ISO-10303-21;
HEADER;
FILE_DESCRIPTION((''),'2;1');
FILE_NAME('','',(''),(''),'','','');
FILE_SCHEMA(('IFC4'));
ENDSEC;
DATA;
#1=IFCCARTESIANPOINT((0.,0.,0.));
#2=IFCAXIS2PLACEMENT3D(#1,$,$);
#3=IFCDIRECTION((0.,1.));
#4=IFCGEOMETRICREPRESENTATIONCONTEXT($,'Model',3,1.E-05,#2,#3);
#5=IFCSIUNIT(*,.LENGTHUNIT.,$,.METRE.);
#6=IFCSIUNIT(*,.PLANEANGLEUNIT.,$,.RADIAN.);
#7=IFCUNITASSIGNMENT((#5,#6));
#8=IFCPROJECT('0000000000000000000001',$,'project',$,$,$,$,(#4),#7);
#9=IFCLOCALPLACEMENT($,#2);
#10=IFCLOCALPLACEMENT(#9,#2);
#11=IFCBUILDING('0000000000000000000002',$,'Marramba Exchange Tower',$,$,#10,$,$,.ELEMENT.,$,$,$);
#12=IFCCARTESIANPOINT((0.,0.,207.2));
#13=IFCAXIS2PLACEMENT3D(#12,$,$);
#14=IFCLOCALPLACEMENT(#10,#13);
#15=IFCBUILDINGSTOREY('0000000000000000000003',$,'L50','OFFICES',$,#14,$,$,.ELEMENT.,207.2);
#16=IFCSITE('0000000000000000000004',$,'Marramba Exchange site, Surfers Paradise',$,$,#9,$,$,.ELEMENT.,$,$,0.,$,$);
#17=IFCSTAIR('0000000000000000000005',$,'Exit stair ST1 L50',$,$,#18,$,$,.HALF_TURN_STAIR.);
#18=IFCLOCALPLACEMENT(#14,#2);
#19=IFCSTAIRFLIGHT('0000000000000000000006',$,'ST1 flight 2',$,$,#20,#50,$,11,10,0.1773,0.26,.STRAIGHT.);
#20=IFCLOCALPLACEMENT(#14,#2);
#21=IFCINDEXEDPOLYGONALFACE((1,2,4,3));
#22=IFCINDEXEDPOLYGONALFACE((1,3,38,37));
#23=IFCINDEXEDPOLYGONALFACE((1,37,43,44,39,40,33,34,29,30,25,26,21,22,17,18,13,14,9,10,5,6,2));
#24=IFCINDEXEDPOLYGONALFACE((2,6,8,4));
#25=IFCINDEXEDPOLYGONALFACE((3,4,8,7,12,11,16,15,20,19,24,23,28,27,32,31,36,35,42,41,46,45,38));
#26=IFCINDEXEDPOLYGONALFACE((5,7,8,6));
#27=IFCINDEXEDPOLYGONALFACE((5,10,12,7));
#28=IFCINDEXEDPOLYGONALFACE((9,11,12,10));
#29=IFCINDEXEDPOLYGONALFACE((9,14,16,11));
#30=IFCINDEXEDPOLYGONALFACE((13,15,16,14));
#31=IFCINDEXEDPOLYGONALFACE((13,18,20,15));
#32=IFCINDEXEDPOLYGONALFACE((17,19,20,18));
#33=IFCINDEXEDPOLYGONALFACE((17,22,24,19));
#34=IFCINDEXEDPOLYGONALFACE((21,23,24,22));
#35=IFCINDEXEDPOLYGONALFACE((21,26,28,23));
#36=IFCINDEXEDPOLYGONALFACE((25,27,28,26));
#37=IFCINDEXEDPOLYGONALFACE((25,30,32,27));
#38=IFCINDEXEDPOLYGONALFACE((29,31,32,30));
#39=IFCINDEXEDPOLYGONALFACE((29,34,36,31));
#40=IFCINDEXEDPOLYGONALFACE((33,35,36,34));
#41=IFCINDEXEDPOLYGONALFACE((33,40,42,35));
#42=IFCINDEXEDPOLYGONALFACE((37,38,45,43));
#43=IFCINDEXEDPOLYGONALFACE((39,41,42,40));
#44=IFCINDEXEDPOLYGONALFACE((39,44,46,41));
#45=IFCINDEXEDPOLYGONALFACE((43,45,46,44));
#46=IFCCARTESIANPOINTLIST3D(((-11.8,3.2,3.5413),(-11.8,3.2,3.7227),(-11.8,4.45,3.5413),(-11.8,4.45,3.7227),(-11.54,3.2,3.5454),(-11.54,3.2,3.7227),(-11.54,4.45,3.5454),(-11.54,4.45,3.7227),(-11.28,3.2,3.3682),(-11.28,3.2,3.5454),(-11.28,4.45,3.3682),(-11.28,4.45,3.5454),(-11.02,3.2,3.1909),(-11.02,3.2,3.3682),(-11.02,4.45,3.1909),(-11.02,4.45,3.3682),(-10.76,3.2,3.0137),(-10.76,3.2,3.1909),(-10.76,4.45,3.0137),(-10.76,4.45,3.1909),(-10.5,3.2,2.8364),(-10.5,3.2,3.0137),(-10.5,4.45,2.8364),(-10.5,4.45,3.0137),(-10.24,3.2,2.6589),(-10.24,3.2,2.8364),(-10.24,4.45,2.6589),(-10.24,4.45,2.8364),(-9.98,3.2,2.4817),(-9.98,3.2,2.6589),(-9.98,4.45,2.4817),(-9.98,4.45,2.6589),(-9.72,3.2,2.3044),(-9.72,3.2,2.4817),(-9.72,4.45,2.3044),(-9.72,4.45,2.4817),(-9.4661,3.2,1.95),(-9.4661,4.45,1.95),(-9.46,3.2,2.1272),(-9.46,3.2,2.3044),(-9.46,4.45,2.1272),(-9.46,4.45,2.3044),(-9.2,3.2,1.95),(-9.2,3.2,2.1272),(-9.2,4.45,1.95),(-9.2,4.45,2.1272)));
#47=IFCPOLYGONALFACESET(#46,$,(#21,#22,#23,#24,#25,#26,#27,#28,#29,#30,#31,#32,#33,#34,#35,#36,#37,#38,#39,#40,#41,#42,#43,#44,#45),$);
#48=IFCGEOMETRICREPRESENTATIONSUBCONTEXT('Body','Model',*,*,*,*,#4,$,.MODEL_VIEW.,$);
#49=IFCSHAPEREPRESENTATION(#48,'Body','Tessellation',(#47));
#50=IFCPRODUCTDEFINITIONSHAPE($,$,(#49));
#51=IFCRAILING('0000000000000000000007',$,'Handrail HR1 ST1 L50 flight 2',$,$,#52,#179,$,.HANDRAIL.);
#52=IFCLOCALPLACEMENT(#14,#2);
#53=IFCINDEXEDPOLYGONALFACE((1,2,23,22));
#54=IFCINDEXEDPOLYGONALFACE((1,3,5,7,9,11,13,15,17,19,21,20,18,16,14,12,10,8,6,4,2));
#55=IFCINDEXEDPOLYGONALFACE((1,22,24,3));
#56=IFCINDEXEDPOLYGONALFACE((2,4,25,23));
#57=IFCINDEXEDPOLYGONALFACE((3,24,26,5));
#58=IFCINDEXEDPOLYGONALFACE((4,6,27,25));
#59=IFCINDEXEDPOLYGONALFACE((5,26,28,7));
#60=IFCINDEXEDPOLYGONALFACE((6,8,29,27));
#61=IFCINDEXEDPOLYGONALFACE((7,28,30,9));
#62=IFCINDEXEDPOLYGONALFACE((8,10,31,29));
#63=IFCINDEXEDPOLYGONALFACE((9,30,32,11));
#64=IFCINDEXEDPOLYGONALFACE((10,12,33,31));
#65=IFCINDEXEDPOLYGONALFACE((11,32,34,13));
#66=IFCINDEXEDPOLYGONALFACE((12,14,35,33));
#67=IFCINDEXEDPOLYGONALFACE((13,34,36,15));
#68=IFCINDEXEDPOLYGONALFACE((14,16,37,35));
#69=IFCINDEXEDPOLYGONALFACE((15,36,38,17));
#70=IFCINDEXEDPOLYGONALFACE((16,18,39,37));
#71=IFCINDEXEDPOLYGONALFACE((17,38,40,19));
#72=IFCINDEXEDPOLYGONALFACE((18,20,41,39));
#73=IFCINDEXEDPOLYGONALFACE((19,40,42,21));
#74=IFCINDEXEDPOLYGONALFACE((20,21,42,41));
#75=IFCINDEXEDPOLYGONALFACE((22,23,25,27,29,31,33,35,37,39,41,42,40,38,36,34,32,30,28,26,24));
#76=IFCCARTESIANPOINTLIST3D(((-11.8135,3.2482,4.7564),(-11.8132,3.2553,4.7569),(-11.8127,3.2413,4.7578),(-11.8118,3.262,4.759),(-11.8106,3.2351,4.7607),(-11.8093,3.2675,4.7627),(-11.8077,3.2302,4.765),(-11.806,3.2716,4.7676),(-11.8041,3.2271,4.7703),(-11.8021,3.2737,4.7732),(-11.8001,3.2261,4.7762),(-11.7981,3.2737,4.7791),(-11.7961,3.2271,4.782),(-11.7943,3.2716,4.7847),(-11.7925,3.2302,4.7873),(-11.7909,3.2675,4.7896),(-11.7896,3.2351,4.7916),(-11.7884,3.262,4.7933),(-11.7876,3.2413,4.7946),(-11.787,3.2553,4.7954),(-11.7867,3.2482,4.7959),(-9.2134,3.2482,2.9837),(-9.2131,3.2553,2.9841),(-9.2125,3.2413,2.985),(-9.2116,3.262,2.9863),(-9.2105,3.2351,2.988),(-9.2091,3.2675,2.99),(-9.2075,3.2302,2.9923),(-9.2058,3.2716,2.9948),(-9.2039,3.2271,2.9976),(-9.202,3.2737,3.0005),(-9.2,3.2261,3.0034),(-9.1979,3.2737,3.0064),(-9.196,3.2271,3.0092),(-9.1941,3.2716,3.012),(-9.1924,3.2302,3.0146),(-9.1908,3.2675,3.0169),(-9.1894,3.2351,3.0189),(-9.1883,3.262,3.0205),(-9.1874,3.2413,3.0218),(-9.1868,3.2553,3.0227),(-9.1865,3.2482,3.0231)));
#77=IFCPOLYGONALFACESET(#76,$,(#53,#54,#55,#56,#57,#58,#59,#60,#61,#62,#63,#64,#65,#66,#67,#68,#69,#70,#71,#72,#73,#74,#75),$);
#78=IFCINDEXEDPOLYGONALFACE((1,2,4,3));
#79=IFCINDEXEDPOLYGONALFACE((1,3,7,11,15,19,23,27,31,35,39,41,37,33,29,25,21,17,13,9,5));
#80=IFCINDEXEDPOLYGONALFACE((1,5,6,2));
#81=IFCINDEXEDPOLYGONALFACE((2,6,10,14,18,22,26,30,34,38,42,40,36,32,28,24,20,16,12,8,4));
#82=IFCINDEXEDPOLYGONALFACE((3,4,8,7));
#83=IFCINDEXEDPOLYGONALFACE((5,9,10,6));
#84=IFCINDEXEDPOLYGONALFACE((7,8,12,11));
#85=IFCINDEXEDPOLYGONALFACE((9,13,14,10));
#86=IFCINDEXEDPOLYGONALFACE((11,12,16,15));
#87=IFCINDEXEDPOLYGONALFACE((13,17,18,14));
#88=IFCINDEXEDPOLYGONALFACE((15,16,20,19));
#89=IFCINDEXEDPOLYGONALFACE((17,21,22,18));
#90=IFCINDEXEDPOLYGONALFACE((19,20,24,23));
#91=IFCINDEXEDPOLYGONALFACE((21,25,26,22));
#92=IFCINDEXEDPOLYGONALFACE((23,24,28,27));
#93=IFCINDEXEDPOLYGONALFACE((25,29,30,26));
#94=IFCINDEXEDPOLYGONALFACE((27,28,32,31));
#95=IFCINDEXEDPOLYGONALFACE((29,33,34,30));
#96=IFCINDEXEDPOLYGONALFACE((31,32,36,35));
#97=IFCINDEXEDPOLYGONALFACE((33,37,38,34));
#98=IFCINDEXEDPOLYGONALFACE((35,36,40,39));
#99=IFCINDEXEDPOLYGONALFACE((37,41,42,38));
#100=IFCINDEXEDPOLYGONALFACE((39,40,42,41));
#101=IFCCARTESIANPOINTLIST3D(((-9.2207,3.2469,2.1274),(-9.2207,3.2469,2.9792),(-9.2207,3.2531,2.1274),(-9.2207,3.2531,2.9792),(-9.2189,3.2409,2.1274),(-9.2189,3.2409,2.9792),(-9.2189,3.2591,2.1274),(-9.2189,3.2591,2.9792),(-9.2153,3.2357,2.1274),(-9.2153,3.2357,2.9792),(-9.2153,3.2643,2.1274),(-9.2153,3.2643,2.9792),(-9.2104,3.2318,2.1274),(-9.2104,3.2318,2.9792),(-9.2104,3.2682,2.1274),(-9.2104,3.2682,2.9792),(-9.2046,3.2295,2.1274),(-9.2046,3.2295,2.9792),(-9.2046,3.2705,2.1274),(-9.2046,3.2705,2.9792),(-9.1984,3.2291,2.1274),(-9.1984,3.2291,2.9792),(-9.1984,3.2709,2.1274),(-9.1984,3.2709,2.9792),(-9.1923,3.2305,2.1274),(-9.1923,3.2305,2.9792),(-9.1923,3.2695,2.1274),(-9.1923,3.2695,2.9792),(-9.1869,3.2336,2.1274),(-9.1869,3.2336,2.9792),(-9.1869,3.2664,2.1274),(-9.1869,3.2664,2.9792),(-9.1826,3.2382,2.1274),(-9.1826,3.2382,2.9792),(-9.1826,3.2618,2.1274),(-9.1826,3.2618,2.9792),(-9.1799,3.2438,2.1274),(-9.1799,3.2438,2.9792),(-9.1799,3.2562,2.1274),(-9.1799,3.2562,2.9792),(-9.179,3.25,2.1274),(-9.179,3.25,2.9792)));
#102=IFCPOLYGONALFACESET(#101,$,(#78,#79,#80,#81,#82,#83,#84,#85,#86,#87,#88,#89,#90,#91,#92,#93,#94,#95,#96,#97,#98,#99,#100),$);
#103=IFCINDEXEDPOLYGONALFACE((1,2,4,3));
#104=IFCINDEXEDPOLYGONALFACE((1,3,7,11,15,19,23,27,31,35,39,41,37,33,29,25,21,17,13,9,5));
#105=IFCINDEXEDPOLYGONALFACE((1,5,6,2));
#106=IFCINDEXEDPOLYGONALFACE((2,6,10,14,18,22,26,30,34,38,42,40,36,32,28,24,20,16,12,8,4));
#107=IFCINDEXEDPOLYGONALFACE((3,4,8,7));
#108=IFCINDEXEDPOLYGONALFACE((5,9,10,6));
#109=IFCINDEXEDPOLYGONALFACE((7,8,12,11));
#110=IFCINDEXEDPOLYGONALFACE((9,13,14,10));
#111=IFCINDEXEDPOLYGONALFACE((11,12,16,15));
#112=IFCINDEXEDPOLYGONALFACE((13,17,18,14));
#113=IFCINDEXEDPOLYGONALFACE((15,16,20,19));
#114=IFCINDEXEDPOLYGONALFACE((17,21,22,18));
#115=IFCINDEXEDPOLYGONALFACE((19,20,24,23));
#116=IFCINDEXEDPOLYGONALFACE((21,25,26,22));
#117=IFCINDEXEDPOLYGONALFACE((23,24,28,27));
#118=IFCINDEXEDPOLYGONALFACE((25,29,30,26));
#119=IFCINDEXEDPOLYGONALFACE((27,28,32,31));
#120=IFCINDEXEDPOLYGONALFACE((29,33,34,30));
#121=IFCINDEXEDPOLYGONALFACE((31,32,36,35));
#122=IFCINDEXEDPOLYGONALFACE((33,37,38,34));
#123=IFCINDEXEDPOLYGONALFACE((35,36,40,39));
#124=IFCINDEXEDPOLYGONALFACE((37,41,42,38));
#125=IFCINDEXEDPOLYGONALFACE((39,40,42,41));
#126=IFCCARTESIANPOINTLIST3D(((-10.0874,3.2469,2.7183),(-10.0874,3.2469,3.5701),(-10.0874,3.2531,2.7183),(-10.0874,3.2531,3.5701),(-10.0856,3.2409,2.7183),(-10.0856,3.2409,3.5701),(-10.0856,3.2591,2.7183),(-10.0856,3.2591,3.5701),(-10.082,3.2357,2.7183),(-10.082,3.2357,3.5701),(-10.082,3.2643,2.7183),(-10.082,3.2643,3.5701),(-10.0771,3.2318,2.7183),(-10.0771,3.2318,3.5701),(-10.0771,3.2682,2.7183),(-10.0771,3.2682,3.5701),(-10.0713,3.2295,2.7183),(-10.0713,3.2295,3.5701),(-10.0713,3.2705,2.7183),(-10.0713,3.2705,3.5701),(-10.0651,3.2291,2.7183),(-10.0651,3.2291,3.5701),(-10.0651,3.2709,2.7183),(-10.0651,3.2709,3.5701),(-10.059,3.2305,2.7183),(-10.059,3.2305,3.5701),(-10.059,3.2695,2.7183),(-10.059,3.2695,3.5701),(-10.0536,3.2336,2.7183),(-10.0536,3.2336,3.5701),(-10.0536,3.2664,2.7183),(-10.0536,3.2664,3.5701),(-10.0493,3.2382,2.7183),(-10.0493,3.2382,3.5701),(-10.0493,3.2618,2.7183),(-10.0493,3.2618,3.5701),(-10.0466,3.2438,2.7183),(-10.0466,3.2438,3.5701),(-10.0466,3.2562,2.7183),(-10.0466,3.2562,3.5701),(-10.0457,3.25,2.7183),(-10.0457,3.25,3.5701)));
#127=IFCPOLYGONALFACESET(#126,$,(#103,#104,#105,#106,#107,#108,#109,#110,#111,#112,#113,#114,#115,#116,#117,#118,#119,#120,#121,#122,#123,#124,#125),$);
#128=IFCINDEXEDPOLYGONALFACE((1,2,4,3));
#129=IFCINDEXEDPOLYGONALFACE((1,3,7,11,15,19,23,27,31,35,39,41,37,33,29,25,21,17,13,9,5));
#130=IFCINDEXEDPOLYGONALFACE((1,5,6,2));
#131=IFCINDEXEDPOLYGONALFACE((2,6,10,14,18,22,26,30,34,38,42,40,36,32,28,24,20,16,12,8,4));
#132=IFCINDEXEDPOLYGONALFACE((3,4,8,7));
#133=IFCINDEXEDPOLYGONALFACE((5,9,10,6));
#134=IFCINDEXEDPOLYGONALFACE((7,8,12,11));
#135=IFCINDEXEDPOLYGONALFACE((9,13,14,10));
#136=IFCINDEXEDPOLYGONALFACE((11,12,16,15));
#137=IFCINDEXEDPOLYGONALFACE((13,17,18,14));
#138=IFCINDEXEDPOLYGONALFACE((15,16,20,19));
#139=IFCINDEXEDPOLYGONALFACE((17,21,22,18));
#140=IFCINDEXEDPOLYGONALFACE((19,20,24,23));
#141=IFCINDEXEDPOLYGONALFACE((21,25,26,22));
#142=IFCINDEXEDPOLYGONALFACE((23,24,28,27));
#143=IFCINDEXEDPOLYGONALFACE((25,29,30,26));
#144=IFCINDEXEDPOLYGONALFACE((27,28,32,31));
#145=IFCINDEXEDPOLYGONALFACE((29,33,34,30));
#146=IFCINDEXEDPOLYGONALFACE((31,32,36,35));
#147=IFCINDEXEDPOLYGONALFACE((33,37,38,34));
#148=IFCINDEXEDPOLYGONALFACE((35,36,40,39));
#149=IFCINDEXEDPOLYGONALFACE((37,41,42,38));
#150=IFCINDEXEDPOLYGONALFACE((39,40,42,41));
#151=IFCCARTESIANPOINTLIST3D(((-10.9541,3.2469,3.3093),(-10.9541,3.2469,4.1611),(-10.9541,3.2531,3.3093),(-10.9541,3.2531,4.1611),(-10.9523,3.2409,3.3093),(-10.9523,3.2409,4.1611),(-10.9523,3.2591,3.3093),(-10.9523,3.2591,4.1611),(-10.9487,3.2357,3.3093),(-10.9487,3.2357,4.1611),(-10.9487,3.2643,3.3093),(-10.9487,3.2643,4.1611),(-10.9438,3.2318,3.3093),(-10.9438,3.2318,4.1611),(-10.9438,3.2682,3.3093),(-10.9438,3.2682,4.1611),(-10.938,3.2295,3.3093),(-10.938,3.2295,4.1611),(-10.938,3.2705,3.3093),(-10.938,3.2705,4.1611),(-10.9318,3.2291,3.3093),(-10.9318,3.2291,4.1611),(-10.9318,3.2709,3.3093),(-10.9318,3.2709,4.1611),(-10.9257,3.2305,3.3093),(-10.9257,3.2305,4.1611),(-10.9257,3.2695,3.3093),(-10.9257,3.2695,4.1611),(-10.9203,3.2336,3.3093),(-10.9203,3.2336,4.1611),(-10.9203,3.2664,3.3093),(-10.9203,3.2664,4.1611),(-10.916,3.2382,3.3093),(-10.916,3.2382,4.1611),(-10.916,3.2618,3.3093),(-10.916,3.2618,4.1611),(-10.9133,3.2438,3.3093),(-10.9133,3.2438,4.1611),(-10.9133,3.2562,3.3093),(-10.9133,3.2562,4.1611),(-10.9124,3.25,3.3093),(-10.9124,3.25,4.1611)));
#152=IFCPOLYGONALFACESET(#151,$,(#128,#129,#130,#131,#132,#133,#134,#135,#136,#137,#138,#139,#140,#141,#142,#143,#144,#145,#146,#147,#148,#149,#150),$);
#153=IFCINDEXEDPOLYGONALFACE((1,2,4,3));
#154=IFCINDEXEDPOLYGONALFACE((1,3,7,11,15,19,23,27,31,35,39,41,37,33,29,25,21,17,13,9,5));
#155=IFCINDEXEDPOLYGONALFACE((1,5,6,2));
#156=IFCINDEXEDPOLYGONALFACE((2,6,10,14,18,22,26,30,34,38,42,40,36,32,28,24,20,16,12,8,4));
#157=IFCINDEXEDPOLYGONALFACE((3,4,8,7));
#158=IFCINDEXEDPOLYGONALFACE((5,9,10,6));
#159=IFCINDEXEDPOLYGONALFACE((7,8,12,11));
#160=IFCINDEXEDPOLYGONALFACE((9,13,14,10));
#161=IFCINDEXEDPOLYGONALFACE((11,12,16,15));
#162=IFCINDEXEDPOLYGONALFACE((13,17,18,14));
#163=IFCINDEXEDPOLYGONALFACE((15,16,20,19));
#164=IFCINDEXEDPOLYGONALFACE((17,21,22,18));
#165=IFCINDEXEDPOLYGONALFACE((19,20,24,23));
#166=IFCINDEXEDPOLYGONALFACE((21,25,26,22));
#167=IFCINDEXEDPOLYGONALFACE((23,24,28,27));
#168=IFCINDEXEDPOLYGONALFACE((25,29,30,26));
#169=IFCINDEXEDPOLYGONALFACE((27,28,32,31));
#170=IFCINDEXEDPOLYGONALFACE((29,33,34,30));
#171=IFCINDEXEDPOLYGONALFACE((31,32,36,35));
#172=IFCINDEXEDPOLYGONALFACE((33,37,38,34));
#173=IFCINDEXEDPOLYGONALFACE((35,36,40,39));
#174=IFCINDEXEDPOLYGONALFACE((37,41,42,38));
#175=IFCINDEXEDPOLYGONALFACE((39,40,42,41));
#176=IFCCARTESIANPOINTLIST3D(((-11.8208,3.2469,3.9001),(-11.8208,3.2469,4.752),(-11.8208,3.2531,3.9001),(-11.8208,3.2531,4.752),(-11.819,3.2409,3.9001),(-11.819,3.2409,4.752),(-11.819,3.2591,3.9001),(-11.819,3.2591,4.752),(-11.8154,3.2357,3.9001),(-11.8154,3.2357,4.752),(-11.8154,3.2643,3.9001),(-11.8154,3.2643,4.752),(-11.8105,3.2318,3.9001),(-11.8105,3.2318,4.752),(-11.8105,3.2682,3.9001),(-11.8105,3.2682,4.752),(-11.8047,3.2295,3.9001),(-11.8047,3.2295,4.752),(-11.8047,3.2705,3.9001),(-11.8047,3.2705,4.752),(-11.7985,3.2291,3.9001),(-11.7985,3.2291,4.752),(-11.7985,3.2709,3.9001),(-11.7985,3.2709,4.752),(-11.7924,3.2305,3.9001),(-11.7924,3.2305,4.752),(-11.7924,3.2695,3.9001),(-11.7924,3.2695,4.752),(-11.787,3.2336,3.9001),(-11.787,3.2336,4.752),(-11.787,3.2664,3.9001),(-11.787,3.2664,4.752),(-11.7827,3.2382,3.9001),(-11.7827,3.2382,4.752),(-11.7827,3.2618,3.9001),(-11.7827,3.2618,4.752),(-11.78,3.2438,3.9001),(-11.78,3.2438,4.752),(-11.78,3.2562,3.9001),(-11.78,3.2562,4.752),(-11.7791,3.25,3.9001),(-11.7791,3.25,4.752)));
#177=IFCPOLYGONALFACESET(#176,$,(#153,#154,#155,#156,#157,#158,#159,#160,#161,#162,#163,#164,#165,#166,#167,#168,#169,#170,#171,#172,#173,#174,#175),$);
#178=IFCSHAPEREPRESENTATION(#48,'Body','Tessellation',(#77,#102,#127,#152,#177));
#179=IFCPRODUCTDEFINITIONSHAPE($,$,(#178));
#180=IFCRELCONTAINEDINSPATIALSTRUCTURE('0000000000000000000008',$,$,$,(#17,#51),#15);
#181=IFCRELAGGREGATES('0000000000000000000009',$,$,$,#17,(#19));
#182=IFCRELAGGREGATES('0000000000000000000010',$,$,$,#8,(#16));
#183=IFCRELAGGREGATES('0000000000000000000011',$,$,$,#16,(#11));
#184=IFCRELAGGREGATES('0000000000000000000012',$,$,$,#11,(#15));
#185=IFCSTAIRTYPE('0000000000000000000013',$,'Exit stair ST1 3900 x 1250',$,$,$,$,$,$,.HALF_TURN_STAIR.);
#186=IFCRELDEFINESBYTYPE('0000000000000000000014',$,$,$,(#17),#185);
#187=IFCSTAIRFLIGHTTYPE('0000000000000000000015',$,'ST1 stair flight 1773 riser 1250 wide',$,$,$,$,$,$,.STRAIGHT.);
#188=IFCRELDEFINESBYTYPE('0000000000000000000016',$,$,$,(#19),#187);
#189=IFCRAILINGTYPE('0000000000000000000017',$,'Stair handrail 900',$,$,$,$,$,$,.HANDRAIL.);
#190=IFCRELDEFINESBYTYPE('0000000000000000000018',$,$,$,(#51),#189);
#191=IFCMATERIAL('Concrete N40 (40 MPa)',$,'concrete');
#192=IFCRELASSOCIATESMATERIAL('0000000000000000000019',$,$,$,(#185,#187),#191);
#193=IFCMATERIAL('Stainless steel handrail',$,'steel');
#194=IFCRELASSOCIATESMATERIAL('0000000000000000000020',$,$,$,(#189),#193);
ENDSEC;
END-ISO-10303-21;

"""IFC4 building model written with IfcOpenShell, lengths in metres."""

from ifc_helpers import new_model, si_unit, direction, frame, origin, origin_2d, place, context, subcontext, project, spatial, polyline, circle, outline, extrude, material, type_object, element, aggregate, save


model = new_model("IFC4")

# Units and contexts
model_context = context("Model", 3, precision=1e-05, world=origin(), true_north=direction((0.0, 1.0)))
body_context = subcontext(model_context, "Body", "Model", "MODEL_VIEW")
ifc_project = project(units=[si_unit("LENGTHUNIT", "METRE"), si_unit("PLANEANGLEUNIT", "RADIAN")], contexts=[model_context])

# Site, building, storey
site_placement = place(None, origin())
site = spatial("IfcSite", under=ifc_project, at=site_placement, Name="Marramba Exchange site, Surfers Paradise", CompositionType="ELEMENT", RefElevation=0.0)
building_placement = place(site_placement, origin())
building = spatial("IfcBuilding", under=site, at=building_placement, Name="Marramba Exchange Tower", CompositionType="ELEMENT")
storey_placement = place(building_placement, frame((0.0, 0.0, 207.2)))
storey = spatial("IfcBuildingStorey", under=building, at=storey_placement, Name="L50", Description="OFFICES", CompositionType="ELEMENT", Elevation=207.2)

# Stair, stair flight
ifc_material_1 = material(Name="Concrete N40 (40 MPa)", Category="concrete")
stair_type = type_object("IfcStairType", Name="Exit stair ST1 3900 x 1250", PredefinedType="HALF_TURN_STAIR", material=ifc_material_1)
stair_placement = place(storey_placement, origin())
stair = element("IfcStair", 1, at=stair_placement, inside=storey, type_object=stair_type, Name="Exit stair ST1 L50", PredefinedType="HALF_TURN_STAIR")
stair_flight_type = type_object("IfcStairFlightType", Name="ST1 stair flight 1773 riser 1250 wide", PredefinedType="STRAIGHT", material=ifc_material_1)
stair_flight_placement = place(storey_placement, frame((-9.2, 3.825, 1.95), z_axis=(0.0, 0.0, 1.0), x_axis=(-1.0, 0.0, 0.0)))
stair_flight = element("IfcStairFlight", 2, at=stair_flight_placement, type_object=stair_flight_type, Name="ST1 flight 2", NumberOfRisers=11, NumberOfTreads=10, PredefinedType="STRAIGHT", RiserHeight=0.1773, TreadLength=0.26, context=body_context, shape_type="SweptSolid", body=[
    extrude(outline(polyline([(0.0, 0.0), (0.0, 0.1772), (0.26, 0.1772), (0.26, 0.3545), (0.52, 0.3545), (0.52, 0.5317), (0.78, 0.5317), (0.78, 0.709), (1.04, 0.709), (1.04, 0.8865), (1.3, 0.8865), (1.3, 1.0637), (1.5601, 1.0637), (1.5601, 1.241), (1.8201, 1.241), (1.8201, 1.4182), (2.0801, 1.4182), (2.0801, 1.5955), (2.3401, 1.5955), (2.3401, 1.7727), (2.6001, 1.7727), (2.6001, 1.95), (2.6001, 1.5913), (0.2661, 0.0), (0.0, 0.0)])), frame((0.0, 0.625, 0.0), z_axis=(0.0, -1.0, 0.0), x_axis=(1.0, 0.0, 0.0)), (0.0, 0.0, 1.0), 1.25),
])
aggregate(stair, [stair_flight])

# Railing
ifc_material_2 = material(Name="Stainless steel handrail", Category="steel")
railing_type = type_object("IfcRailingType", Name="Stair handrail 900", PredefinedType="HANDRAIL", material=ifc_material_2)
railing_placement = place(storey_placement, frame((-9.2, 3.25, 2.1274)))
element("IfcRailing", 3, at=railing_placement, inside=storey, type_object=railing_type, Name="Handrail HR1 ST1 L50 flight 2", PredefinedType="HANDRAIL", context=body_context, shape_type="SweptSolid", body=[
    extrude(circle(Radius=0.0239, at=origin_2d()), frame((0.0, 0.0, 0.876), z_axis=(-0.82624, 0.0, 0.563318), x_axis=(0.0, -1.0, 0.0)), (0.0, 0.0, 1.0), 3.147),
    extrude(circle(Radius=0.021, at=origin_2d()), origin(), (0.0, 0.0, 1.0), 0.8518),
    extrude(circle(Radius=0.021, at=origin_2d()), frame((-0.8667, 0.0, 0.5908)), (0.0, 0.0, 1.0), 0.8518),
    extrude(circle(Radius=0.021, at=origin_2d()), frame((-1.7334, 0.0, 1.1819)), (0.0, 0.0, 1.0), 0.8518),
    extrude(circle(Radius=0.021, at=origin_2d()), frame((-2.6001, 0.0, 1.7727)), (0.0, 0.0, 1.0), 0.8518),
])

save(model, "model.ifc")
